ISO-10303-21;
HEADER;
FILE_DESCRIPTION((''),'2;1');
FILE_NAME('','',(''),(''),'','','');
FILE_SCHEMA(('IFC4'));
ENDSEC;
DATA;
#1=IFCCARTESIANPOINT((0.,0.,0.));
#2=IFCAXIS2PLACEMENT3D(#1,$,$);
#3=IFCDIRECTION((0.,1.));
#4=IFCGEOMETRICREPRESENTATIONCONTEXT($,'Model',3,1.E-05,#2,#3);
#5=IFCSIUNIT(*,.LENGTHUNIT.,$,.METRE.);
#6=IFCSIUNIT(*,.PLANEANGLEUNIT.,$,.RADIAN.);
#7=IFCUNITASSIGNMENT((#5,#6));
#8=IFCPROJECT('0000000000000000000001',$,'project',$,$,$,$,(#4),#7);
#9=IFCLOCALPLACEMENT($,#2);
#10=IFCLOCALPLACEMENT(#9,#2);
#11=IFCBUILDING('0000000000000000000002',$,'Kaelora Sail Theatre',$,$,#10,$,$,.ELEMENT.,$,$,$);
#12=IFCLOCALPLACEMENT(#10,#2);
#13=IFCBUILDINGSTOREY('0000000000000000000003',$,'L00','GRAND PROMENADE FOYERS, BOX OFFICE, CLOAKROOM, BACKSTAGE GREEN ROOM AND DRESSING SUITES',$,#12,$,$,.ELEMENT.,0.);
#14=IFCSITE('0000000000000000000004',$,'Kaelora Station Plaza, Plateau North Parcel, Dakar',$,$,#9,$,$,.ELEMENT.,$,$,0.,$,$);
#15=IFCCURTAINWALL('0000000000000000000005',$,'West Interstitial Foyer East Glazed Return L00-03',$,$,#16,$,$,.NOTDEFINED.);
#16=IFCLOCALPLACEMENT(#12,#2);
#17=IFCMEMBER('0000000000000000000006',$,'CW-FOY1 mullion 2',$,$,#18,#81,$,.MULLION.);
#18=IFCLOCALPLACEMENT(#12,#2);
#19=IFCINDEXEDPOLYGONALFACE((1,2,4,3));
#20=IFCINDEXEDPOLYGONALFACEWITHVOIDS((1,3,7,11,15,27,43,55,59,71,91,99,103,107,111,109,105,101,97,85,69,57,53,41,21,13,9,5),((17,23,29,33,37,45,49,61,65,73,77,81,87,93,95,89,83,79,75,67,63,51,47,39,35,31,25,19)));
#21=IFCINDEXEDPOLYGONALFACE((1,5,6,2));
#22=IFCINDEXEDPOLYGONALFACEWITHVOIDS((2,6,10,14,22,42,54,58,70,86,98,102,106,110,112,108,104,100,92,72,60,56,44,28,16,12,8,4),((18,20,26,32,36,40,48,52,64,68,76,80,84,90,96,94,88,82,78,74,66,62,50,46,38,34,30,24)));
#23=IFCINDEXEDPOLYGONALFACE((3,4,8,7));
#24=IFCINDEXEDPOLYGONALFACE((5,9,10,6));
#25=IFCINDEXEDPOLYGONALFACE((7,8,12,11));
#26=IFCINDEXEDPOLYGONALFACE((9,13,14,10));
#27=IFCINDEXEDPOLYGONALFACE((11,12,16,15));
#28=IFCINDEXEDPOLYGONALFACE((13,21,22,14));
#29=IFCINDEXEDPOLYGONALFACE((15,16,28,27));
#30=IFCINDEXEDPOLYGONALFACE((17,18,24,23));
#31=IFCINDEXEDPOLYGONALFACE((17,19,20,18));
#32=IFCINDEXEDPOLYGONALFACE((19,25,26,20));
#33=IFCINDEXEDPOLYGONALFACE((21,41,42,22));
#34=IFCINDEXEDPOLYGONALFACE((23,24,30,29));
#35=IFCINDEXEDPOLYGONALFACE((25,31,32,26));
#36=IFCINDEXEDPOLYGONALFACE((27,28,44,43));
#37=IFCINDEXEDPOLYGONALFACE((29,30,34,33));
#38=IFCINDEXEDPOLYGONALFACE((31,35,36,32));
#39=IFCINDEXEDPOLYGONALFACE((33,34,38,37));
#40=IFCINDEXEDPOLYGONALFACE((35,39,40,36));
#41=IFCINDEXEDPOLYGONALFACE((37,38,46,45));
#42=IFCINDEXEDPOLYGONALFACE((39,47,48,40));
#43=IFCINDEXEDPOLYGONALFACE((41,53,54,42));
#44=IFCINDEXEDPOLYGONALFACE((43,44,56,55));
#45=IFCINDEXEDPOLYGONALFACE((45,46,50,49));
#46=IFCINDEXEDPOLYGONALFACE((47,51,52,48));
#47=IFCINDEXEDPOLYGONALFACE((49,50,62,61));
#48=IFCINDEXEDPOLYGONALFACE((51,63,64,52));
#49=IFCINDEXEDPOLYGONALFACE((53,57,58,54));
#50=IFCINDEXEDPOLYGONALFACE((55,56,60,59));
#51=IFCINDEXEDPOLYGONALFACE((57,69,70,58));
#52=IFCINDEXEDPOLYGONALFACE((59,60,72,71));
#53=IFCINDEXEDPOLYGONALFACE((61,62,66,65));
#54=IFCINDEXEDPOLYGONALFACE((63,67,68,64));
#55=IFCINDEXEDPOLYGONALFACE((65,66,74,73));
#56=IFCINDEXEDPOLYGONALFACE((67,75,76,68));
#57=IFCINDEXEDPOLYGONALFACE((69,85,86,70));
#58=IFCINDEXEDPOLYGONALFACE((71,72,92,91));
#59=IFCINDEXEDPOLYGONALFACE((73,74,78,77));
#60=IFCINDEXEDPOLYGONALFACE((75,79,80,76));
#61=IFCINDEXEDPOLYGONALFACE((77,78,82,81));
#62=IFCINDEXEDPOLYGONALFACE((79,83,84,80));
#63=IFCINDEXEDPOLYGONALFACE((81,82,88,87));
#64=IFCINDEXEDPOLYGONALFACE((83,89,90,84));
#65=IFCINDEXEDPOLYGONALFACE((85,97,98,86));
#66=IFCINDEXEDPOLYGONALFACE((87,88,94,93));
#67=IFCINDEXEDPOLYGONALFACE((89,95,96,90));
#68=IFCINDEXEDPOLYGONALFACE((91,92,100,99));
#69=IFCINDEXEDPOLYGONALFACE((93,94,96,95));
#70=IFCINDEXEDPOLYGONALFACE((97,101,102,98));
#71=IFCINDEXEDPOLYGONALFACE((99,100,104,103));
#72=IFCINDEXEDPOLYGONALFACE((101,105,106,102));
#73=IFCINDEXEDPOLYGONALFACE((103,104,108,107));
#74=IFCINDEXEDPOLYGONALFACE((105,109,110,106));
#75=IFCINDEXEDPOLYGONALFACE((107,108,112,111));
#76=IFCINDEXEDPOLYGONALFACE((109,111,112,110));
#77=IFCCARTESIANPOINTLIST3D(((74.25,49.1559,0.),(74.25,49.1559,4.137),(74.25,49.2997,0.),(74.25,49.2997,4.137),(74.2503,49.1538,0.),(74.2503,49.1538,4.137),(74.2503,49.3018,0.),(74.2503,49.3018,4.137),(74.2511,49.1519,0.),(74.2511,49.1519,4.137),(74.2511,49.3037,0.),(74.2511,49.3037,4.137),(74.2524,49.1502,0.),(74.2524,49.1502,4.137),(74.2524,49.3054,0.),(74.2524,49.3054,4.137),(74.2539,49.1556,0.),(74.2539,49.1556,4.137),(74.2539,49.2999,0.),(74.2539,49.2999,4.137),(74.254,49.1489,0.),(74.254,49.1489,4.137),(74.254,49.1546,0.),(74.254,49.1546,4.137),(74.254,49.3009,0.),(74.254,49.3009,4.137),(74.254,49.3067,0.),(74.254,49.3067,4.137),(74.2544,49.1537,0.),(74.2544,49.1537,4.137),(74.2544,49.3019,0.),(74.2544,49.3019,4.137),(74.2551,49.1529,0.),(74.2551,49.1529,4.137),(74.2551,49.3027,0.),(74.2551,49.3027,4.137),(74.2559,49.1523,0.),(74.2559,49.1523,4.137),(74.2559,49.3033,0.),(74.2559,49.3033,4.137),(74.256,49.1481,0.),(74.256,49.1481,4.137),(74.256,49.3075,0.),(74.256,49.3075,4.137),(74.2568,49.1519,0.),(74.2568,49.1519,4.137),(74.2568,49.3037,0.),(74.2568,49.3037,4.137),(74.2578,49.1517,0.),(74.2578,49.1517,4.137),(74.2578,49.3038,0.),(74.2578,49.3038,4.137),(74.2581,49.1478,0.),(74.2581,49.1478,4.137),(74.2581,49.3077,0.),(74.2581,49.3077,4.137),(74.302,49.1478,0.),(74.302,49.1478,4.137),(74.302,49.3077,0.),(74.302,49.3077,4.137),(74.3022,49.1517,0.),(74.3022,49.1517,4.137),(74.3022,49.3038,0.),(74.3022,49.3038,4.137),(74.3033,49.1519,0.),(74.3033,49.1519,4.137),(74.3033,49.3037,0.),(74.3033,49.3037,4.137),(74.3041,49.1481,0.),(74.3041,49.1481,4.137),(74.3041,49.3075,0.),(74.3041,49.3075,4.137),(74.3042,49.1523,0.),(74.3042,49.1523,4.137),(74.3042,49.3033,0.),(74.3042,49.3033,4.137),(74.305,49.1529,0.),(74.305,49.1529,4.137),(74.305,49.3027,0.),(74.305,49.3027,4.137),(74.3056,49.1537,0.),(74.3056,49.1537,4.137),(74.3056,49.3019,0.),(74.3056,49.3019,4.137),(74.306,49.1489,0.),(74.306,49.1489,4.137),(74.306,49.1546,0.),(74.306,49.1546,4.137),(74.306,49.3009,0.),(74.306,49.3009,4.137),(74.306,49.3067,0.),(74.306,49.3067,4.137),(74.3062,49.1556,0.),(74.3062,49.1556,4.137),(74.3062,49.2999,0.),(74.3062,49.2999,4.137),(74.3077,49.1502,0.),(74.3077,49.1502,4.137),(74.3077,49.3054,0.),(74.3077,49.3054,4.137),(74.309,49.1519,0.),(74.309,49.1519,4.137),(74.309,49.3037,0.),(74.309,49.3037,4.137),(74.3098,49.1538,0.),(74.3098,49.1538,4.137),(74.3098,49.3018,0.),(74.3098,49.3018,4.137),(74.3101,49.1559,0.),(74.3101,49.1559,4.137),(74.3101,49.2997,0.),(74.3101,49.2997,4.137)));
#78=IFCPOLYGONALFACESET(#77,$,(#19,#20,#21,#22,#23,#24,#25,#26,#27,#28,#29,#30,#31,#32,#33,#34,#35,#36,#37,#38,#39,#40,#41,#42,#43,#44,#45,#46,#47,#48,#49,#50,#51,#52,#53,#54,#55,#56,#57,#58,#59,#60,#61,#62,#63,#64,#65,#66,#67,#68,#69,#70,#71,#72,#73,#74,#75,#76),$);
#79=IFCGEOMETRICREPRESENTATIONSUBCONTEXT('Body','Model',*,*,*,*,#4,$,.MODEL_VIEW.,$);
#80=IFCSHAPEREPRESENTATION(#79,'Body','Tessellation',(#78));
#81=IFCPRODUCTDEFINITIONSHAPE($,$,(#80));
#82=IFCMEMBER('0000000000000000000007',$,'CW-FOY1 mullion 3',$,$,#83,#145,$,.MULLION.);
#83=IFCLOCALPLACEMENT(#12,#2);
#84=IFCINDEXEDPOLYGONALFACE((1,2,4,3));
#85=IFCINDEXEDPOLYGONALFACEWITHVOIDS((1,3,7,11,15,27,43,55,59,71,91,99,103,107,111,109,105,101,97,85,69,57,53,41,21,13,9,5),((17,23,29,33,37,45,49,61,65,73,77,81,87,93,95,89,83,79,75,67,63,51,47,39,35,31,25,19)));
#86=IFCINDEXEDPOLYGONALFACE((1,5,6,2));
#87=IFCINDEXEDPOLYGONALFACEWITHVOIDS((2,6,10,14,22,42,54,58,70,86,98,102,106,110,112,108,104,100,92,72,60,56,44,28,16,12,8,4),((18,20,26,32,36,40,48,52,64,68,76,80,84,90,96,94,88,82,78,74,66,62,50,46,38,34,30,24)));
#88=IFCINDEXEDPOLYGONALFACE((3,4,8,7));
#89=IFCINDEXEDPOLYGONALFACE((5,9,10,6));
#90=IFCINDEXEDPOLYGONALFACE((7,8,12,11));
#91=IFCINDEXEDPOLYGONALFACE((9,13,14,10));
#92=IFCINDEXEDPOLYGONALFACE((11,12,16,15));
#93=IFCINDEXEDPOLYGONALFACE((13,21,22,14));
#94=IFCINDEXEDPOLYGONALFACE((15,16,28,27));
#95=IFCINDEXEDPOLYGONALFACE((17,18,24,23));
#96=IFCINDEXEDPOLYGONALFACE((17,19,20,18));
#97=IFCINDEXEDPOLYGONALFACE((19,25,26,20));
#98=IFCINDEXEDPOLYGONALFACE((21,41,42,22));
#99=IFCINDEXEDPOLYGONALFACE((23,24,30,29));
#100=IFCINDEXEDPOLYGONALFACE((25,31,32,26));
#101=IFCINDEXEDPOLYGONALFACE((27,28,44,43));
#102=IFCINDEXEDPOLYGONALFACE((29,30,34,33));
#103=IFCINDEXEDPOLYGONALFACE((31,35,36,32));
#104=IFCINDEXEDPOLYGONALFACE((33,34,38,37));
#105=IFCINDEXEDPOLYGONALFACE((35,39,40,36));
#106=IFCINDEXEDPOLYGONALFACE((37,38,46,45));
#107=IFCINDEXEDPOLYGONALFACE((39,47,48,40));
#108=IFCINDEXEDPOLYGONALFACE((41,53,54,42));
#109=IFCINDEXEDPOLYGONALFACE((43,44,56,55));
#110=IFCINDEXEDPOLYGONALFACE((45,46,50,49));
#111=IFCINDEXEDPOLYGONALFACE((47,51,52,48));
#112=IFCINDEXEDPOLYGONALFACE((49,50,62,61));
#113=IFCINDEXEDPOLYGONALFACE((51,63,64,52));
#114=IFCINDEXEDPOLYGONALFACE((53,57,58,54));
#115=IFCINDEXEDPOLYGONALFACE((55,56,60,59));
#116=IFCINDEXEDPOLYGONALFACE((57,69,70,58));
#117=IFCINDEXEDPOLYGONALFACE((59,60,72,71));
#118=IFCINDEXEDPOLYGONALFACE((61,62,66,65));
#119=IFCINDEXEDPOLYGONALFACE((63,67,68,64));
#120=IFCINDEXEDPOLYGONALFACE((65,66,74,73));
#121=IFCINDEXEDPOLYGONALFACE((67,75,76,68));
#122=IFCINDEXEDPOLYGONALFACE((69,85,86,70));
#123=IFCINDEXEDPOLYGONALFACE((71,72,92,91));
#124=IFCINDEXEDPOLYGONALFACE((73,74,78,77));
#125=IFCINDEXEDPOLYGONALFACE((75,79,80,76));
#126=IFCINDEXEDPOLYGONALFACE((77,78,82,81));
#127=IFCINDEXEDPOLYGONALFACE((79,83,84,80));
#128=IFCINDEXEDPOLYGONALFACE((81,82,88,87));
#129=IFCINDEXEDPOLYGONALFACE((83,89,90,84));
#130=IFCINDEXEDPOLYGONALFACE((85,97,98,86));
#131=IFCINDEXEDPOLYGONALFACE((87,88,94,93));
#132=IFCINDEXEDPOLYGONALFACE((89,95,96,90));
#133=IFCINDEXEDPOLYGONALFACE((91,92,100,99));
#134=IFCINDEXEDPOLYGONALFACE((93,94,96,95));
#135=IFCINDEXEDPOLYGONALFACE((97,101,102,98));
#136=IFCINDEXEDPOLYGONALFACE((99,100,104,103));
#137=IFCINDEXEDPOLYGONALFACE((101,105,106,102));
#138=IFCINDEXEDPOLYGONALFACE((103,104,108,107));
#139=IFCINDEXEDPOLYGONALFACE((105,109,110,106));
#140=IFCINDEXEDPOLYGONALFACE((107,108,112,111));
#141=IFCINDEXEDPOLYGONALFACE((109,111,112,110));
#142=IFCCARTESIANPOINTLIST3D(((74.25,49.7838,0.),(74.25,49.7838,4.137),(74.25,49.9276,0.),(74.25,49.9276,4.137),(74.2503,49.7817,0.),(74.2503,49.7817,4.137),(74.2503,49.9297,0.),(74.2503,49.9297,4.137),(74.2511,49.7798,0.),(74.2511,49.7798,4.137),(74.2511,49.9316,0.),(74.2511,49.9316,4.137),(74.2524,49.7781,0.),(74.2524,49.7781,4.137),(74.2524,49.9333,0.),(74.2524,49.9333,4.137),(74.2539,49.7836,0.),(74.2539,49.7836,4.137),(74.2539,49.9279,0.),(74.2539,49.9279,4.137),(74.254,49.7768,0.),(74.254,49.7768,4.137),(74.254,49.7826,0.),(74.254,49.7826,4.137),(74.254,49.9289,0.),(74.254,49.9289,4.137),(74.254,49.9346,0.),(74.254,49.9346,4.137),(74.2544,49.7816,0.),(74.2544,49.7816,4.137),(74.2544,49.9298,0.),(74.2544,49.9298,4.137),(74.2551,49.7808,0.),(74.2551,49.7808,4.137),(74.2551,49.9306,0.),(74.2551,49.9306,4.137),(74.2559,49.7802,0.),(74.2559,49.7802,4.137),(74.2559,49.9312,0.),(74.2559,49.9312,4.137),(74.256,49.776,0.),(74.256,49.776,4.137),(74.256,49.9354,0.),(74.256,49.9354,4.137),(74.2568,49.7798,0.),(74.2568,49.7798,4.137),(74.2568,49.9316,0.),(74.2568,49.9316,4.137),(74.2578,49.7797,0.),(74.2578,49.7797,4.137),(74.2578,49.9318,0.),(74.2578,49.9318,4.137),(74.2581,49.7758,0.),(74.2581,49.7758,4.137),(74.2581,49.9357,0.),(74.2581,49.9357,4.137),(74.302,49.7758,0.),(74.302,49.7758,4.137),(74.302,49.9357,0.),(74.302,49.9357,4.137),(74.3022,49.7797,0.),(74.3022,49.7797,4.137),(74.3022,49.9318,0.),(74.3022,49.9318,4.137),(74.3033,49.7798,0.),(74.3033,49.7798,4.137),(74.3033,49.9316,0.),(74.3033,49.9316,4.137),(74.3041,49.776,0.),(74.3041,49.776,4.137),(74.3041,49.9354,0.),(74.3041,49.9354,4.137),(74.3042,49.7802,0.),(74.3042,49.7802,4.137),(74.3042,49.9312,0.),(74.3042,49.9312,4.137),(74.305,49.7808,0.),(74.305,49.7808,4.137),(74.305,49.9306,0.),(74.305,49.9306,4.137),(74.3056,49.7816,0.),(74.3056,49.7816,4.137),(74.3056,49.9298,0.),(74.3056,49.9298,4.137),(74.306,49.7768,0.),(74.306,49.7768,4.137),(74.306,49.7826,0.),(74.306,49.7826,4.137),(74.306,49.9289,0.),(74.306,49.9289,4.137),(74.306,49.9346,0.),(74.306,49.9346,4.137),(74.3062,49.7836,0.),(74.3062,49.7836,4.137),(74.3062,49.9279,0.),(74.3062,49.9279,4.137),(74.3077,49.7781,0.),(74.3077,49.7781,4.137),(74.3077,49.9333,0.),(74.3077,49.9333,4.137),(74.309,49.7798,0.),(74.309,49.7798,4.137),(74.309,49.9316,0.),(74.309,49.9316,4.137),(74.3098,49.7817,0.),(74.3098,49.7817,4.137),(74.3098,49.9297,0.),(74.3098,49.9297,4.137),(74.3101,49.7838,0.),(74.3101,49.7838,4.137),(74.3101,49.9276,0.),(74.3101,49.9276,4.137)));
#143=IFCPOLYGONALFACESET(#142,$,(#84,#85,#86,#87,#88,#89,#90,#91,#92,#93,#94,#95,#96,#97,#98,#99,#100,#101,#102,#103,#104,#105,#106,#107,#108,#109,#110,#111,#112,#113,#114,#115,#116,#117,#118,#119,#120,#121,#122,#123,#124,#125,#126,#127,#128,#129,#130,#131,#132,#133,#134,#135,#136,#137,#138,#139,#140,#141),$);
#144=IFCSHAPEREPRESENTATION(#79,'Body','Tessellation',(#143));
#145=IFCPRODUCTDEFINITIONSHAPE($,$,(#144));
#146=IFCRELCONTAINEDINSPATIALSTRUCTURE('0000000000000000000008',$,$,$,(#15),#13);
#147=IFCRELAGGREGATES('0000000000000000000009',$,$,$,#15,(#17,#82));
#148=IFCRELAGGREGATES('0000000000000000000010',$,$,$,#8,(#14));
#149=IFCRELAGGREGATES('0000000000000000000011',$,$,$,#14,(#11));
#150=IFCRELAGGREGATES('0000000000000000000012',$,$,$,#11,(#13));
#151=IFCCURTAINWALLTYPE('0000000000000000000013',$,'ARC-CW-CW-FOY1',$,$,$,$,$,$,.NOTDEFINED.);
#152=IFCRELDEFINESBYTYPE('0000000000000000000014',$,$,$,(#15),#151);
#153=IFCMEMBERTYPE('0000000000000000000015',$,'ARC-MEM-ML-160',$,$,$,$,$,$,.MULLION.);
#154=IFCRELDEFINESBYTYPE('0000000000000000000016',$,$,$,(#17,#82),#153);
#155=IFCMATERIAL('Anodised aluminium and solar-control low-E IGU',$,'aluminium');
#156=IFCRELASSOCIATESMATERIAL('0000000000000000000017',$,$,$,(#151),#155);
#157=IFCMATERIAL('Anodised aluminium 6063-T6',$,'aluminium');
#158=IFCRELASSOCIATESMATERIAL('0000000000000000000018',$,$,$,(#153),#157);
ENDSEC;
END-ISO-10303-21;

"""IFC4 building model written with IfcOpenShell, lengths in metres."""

from ifc_helpers import new_model, si_unit, direction, frame, origin, origin_2d, place, context, subcontext, project, spatial, hollow_rectangle, extrude, material, material_profile, profile_set, type_object, element, aggregate, save


model = new_model("IFC4")

# Units and contexts
model_context = context("Model", 3, precision=1e-05, world=origin(), true_north=direction((0.0, 1.0)))
body_context = subcontext(model_context, "Body", "Model", "MODEL_VIEW")
ifc_project = project(units=[si_unit("LENGTHUNIT", "METRE"), si_unit("PLANEANGLEUNIT", "RADIAN")], contexts=[model_context])

# Site, building, storey
site_placement = place(None, origin())
site = spatial("IfcSite", under=ifc_project, at=site_placement, Name="Kaelora Station Plaza, Plateau North Parcel, Dakar", CompositionType="ELEMENT", RefElevation=0.0)
building_placement = place(site_placement, origin())
building = spatial("IfcBuilding", under=site, at=building_placement, Name="Kaelora Sail Theatre", CompositionType="ELEMENT")
storey_placement = place(building_placement, origin())
storey = spatial("IfcBuildingStorey", under=building, at=storey_placement, Name="L00", Description="GRAND PROMENADE FOYERS, BOX OFFICE, CLOAKROOM, BACKSTAGE GREEN ROOM AND DRESSING SUITES", CompositionType="ELEMENT", Elevation=0.0)

# Curtain wall, members
ifc_material_1 = material(Name="Anodised aluminium and solar-control low-E IGU", Category="aluminium")
curtain_wall_type = type_object("IfcCurtainWallType", Name="ARC-CW-CW-FOY1", PredefinedType="NOTDEFINED", material=ifc_material_1)
curtain_wall_placement = place(storey_placement, origin())
curtain_wall = element("IfcCurtainWall", 1, at=curtain_wall_placement, inside=storey, type_object=curtain_wall_type, Name="West Interstitial Foyer East Glazed Return L00-03", PredefinedType="NOTDEFINED")
ifc_material_2 = material(Name="Anodised aluminium 6063-T6", Category="aluminium")
ifc_material_profile_1 = material_profile(ifc_material_2, hollow_rectangle(XDim=0.0601, YDim=0.1599, WallThickness=0.0039, InnerFilletRadius=0.0039, OuterFilletRadius=0.0081, at=origin_2d()), Name="ALU-MULL 60x160x4")
ifc_profile_set_1 = profile_set([ifc_material_profile_1], Name="Anodised aluminium 6063-T6")
member_type_1 = type_object("IfcMemberType", Name="ARC-MEM-ML-160", PredefinedType="MULLION", material=ifc_profile_set_1)
member_1_placement = place(storey_placement, frame((74.28, 49.2278, 0.0), z_axis=(0.0, 0.0, 1.0), x_axis=(-1.0, 0.0, 0.0)))
member_1 = element("IfcMember", 2, at=member_1_placement, type_object=member_type_1, Name="CW-FOY1 mullion 2", PredefinedType="MULLION", context=body_context, shape_type="SweptSolid", body=[
    extrude(hollow_rectangle(XDim=0.0601, YDim=0.1599, WallThickness=0.0039, InnerFilletRadius=0.0039, OuterFilletRadius=0.0081, at=origin_2d()), origin(), (0.0, 0.0, 1.0), 4.137),
])
member_2_placement = place(storey_placement, frame((74.28, 49.8557, 0.0), z_axis=(0.0, 0.0, 1.0), x_axis=(-1.0, 0.0, 0.0)))
member_2 = element("IfcMember", 3, at=member_2_placement, type_object=member_type_1, Name="CW-FOY1 mullion 3", PredefinedType="MULLION", context=body_context, shape_type="SweptSolid", body=[
    extrude(hollow_rectangle(XDim=0.0601, YDim=0.1599, WallThickness=0.0039, InnerFilletRadius=0.0039, OuterFilletRadius=0.0081, at=origin_2d()), origin(), (0.0, 0.0, 1.0), 4.137),
])

aggregate(curtain_wall, [member_1, member_2])

save(model, "model.ifc")
